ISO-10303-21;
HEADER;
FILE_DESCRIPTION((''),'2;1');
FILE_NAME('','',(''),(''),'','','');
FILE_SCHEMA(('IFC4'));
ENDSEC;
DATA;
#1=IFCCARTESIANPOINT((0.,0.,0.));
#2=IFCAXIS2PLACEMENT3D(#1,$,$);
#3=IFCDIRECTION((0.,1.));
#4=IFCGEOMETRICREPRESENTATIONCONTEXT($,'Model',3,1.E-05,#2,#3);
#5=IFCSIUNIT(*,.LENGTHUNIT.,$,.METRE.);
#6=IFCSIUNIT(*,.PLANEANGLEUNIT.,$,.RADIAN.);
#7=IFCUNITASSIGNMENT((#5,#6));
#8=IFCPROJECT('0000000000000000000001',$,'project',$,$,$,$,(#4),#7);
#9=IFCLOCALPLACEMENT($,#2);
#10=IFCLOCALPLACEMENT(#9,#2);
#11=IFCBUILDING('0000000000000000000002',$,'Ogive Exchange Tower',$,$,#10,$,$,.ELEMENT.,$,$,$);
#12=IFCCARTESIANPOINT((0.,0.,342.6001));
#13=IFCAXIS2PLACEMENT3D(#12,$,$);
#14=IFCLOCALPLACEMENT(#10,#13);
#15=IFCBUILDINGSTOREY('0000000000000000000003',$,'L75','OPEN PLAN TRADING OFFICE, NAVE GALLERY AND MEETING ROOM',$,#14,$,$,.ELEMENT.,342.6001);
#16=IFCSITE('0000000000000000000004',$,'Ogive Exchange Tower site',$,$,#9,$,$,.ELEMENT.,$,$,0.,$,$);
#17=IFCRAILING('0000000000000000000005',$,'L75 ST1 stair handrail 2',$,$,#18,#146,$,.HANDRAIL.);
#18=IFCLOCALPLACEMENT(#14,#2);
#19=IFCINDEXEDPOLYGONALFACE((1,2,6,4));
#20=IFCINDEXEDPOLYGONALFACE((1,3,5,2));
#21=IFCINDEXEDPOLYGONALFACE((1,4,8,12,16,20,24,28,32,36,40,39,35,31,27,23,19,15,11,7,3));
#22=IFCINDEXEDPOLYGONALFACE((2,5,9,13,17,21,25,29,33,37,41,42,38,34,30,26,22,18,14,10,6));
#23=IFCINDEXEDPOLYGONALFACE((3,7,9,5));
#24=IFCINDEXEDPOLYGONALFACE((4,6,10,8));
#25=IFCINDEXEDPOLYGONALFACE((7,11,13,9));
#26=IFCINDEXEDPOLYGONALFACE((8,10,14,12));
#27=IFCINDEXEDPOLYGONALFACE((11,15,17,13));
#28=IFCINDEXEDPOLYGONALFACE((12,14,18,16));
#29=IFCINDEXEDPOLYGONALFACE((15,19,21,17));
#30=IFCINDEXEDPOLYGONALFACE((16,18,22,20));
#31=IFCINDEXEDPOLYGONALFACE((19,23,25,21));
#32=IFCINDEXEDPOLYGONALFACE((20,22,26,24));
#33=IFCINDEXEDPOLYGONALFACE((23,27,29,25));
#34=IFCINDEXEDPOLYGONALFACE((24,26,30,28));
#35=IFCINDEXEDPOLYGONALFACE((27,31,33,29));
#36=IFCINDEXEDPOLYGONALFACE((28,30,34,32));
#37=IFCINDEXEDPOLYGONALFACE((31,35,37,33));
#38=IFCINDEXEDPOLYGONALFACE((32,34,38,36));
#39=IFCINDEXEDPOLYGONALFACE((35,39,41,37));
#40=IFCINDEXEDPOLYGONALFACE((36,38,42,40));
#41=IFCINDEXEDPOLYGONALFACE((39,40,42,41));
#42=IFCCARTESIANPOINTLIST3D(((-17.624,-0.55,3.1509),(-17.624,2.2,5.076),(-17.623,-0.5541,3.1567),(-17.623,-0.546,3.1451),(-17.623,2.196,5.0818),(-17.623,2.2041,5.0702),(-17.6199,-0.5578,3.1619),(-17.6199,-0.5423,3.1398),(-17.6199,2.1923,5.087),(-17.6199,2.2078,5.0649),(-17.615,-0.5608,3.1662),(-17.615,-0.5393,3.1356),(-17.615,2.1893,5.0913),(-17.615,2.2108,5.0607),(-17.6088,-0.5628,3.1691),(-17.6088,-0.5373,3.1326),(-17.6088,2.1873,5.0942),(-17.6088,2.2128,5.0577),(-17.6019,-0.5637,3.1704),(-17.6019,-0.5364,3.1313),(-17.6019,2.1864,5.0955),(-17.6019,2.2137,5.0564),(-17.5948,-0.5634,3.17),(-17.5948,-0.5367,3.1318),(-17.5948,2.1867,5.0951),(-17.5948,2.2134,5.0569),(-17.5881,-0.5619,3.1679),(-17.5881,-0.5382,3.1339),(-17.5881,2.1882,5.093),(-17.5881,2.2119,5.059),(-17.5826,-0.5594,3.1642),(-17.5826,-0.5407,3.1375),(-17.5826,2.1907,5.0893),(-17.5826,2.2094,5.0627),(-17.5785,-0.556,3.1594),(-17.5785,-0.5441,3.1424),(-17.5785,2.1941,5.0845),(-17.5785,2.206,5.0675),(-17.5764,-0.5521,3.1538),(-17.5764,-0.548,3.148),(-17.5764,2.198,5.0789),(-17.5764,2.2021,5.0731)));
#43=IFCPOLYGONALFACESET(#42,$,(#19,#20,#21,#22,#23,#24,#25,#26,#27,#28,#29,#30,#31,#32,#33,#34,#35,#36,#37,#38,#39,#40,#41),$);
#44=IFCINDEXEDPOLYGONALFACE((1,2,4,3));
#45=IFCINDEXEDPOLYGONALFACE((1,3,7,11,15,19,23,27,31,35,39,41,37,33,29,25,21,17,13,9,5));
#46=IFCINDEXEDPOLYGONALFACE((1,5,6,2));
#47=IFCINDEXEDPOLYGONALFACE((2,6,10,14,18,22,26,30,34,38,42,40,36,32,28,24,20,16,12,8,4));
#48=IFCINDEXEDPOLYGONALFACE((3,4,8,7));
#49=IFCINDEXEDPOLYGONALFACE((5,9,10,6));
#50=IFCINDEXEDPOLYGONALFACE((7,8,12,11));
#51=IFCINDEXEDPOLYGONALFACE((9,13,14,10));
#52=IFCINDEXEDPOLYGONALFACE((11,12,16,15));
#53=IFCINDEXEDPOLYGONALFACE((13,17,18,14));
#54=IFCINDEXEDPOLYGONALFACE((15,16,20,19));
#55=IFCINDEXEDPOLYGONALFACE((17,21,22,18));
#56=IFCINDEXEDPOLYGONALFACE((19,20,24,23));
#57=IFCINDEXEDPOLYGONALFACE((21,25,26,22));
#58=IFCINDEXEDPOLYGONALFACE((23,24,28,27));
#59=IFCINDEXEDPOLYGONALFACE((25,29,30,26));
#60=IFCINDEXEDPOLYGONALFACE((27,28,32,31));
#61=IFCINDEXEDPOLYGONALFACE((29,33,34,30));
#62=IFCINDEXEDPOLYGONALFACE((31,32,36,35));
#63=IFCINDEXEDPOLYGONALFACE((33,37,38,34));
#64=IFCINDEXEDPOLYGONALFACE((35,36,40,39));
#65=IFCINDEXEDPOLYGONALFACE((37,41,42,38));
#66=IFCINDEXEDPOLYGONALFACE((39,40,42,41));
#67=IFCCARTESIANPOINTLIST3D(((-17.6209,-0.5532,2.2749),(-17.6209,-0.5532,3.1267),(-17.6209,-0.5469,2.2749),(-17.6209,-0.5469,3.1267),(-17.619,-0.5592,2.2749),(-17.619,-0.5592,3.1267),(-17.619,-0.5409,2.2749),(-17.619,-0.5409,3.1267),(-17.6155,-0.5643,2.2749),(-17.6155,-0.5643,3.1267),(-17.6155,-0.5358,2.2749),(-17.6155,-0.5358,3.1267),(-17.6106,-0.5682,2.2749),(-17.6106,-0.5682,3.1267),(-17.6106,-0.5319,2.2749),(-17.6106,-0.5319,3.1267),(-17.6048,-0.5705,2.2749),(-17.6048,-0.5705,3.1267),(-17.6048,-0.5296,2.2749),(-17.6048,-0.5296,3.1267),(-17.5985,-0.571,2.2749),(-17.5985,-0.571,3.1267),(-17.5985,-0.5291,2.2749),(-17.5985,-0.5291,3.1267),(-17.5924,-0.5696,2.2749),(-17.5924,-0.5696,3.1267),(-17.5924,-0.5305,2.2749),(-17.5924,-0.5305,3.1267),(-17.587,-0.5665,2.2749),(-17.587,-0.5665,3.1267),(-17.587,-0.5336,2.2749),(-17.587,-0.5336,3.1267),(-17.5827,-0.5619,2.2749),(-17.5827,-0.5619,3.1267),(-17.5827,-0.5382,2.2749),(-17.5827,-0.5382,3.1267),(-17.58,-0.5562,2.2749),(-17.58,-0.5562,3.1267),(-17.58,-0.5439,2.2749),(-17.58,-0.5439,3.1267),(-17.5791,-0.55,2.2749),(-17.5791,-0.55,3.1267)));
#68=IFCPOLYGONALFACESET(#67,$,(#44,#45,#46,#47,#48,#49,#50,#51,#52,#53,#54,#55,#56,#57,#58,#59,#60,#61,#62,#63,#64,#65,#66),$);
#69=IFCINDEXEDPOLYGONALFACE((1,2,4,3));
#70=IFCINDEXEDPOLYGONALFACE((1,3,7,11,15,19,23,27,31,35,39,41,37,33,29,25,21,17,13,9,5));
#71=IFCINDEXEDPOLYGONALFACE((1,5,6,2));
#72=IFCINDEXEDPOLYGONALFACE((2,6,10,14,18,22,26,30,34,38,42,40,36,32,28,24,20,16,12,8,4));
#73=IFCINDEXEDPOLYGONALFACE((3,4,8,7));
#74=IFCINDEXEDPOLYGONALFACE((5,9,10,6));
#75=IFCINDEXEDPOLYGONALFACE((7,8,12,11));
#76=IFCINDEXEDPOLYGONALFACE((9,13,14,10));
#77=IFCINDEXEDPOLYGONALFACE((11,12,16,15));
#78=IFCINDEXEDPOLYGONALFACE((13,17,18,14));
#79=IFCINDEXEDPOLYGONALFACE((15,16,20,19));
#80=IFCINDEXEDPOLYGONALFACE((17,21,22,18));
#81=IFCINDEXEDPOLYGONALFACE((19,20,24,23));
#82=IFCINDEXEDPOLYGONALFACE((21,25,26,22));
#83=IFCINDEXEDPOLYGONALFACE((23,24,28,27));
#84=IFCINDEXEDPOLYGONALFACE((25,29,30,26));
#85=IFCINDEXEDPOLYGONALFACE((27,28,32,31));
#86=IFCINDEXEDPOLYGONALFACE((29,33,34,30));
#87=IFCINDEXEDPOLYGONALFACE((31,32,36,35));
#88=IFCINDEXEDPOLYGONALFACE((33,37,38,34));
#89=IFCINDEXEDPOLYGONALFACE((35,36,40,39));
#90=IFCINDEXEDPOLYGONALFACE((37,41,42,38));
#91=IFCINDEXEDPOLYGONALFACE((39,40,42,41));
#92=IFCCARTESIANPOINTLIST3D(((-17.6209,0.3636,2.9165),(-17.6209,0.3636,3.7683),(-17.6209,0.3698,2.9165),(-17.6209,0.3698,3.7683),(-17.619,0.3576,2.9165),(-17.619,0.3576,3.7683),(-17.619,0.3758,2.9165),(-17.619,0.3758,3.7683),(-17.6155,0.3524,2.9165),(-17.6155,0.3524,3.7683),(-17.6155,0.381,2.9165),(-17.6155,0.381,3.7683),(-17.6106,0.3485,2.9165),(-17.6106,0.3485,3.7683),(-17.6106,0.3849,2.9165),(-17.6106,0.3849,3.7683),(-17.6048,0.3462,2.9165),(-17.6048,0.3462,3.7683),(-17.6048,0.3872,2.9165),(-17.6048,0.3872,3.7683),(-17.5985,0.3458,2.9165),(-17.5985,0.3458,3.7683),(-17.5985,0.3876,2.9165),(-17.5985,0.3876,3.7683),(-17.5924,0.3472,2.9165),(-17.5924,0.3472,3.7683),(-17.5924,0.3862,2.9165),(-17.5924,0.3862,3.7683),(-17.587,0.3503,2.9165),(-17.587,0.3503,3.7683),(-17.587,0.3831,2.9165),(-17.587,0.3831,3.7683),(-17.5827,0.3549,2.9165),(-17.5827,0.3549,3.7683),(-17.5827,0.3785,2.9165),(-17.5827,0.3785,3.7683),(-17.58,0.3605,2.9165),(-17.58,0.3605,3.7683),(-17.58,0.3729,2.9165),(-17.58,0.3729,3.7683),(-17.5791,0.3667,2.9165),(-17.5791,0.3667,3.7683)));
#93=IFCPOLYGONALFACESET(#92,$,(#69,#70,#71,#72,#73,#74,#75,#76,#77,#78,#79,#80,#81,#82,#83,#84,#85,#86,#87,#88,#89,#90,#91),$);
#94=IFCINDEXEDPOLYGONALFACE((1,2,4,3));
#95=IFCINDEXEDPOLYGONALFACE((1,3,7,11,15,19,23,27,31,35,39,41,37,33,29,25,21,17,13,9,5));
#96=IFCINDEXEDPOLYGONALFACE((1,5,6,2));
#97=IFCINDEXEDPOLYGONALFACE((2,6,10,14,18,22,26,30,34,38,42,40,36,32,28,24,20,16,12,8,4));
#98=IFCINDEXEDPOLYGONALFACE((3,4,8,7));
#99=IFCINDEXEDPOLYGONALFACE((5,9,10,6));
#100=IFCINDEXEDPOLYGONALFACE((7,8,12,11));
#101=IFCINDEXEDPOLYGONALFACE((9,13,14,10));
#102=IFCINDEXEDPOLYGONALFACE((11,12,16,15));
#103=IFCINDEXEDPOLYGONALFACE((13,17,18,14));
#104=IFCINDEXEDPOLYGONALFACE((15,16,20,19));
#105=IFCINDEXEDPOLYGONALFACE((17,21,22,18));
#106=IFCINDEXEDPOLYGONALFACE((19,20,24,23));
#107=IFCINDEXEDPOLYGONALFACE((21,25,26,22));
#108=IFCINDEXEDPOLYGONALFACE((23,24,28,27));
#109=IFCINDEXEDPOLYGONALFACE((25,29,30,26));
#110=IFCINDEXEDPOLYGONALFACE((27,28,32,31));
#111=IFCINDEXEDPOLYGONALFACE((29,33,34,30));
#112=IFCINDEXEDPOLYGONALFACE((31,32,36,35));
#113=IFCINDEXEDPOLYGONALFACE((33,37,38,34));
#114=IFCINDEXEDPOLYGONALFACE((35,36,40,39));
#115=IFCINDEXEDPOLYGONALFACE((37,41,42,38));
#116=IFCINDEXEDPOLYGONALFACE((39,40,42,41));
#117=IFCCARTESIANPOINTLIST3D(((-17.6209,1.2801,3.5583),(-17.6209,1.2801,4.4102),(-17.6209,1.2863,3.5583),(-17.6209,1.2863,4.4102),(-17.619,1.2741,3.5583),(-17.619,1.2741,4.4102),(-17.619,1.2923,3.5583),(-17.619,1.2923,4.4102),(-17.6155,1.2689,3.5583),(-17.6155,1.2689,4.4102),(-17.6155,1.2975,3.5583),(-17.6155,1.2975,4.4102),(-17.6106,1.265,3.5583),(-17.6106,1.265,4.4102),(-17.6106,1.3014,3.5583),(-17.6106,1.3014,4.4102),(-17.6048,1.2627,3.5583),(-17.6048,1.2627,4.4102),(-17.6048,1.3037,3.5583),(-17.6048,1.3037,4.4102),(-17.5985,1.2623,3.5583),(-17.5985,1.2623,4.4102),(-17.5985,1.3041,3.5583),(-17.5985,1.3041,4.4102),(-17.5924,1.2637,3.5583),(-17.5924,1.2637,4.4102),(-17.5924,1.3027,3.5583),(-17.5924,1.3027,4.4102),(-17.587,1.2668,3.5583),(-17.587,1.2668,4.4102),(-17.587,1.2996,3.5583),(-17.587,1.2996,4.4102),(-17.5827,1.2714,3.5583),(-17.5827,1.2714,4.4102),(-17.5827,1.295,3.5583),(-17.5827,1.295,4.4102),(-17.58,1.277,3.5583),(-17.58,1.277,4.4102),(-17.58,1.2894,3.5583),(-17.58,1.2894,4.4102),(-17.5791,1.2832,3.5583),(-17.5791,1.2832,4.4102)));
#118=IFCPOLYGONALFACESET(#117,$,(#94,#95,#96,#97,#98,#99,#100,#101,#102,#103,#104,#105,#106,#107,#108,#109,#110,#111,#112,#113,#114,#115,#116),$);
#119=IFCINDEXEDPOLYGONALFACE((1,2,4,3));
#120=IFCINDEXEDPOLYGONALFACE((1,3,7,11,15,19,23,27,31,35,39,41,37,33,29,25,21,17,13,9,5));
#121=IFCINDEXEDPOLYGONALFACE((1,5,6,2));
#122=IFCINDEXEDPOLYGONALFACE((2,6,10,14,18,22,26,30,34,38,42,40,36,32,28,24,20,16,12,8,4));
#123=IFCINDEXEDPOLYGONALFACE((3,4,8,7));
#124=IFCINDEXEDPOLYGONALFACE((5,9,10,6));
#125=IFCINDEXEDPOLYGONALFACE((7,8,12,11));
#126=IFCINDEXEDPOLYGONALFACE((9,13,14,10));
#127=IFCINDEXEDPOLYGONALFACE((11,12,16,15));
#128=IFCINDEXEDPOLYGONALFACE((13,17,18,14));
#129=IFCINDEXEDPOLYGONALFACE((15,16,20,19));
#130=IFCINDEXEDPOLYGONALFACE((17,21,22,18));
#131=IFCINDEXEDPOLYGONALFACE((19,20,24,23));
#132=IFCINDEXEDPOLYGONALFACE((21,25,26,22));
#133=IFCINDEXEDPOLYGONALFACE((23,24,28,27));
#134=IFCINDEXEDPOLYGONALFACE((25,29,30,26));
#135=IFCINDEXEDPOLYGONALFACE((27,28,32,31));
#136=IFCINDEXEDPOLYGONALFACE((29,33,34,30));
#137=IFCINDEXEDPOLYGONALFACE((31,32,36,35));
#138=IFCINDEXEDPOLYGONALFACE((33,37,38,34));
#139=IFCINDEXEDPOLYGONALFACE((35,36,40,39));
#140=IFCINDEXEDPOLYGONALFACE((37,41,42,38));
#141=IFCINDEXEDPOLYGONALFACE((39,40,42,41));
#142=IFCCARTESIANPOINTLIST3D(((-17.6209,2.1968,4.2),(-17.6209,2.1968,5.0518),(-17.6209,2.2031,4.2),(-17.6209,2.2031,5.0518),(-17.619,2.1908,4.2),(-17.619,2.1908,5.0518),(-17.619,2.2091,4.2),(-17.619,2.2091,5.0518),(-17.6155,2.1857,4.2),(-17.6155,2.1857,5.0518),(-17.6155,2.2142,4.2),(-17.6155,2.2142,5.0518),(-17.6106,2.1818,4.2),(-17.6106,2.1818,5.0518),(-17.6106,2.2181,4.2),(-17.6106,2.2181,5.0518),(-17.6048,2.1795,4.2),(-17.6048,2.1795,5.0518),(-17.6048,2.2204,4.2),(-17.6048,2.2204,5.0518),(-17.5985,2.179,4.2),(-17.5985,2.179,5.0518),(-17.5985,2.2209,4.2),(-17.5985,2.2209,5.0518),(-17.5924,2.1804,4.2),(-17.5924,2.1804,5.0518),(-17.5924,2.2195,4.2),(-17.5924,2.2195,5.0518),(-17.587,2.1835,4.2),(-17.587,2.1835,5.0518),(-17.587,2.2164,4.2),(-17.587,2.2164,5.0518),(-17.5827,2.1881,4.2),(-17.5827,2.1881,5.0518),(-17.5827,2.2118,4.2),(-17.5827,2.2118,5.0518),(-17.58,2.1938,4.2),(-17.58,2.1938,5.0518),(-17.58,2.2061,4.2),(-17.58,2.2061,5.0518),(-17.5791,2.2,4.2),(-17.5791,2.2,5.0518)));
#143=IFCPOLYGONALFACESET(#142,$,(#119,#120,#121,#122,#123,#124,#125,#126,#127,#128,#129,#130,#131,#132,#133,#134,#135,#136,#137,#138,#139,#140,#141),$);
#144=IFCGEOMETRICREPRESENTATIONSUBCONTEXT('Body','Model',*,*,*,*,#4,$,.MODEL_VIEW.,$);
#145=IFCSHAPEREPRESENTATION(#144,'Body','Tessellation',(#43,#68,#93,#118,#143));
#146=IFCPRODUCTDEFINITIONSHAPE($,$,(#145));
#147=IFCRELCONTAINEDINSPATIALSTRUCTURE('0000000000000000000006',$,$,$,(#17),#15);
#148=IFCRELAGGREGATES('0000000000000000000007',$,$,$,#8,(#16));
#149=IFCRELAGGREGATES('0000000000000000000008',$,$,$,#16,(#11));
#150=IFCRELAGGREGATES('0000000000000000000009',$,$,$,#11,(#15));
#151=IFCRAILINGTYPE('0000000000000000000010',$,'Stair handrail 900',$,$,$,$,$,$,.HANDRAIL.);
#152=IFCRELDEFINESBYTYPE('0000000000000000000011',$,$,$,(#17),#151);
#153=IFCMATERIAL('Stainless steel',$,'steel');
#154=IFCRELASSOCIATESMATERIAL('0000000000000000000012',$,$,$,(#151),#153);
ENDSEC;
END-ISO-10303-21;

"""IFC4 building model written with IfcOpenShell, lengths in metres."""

from ifc_helpers import new_model, si_unit, direction, frame, origin, origin_2d, place, context, subcontext, project, spatial, circle, extrude, material, type_object, element, save


model = new_model("IFC4")

# Units and contexts
model_context = context("Model", 3, precision=1e-05, world=origin(), true_north=direction((0.0, 1.0)))
body_context = subcontext(model_context, "Body", "Model", "MODEL_VIEW")
ifc_project = project(units=[si_unit("LENGTHUNIT", "METRE"), si_unit("PLANEANGLEUNIT", "RADIAN")], contexts=[model_context])

# Site, building, storey
site_placement = place(None, origin())
site = spatial("IfcSite", under=ifc_project, at=site_placement, Name="Ogive Exchange Tower site", CompositionType="ELEMENT", RefElevation=0.0)
building_placement = place(site_placement, origin())
building = spatial("IfcBuilding", under=site, at=building_placement, Name="Ogive Exchange Tower", CompositionType="ELEMENT")
storey_placement = place(building_placement, frame((0.0, 0.0, 342.6001)))
storey = spatial("IfcBuildingStorey", under=building, at=storey_placement, Name="L75", Description="OPEN PLAN TRADING OFFICE, NAVE GALLERY AND MEETING ROOM", CompositionType="ELEMENT", Elevation=342.6001)

# Shared definitions
ifc_material_1 = material(Name="Stainless steel", Category="steel")

# Railing
railing_type = type_object("IfcRailingType", Name="Stair handrail 900", PredefinedType="HANDRAIL", material=ifc_material_1)
railing_placement = place(storey_placement, frame((-17.6001, -0.55, 2.2749)))
element("IfcRailing", 1, at=railing_placement, inside=storey, type_object=railing_type, Name="L75 ST1 stair handrail 2", PredefinedType="HANDRAIL", context=body_context, shape_type="SweptSolid", body=[
    extrude(circle(Radius=0.0239, at=origin_2d()), frame((0.0, 0.0, 0.876), z_axis=(0.0, 0.819225, 0.573472), x_axis=(-1.0, 0.0, 0.0)), (0.0, 0.0, 1.0), 3.3569),
    extrude(circle(Radius=0.021, at=origin_2d()), origin(), (0.0, 0.0, 1.0), 0.8518),
    extrude(circle(Radius=0.021, at=origin_2d()), frame((0.0, 0.9167, 0.6416)), (0.0, 0.0, 1.0), 0.8518),
    extrude(circle(Radius=0.021, at=origin_2d()), frame((0.0, 1.8333, 1.2834)), (0.0, 0.0, 1.0), 0.8518),
    extrude(circle(Radius=0.021, at=origin_2d()), frame((0.0, 2.75, 1.925)), (0.0, 0.0, 1.0), 0.8518),
])

save(model, "model.ifc")
